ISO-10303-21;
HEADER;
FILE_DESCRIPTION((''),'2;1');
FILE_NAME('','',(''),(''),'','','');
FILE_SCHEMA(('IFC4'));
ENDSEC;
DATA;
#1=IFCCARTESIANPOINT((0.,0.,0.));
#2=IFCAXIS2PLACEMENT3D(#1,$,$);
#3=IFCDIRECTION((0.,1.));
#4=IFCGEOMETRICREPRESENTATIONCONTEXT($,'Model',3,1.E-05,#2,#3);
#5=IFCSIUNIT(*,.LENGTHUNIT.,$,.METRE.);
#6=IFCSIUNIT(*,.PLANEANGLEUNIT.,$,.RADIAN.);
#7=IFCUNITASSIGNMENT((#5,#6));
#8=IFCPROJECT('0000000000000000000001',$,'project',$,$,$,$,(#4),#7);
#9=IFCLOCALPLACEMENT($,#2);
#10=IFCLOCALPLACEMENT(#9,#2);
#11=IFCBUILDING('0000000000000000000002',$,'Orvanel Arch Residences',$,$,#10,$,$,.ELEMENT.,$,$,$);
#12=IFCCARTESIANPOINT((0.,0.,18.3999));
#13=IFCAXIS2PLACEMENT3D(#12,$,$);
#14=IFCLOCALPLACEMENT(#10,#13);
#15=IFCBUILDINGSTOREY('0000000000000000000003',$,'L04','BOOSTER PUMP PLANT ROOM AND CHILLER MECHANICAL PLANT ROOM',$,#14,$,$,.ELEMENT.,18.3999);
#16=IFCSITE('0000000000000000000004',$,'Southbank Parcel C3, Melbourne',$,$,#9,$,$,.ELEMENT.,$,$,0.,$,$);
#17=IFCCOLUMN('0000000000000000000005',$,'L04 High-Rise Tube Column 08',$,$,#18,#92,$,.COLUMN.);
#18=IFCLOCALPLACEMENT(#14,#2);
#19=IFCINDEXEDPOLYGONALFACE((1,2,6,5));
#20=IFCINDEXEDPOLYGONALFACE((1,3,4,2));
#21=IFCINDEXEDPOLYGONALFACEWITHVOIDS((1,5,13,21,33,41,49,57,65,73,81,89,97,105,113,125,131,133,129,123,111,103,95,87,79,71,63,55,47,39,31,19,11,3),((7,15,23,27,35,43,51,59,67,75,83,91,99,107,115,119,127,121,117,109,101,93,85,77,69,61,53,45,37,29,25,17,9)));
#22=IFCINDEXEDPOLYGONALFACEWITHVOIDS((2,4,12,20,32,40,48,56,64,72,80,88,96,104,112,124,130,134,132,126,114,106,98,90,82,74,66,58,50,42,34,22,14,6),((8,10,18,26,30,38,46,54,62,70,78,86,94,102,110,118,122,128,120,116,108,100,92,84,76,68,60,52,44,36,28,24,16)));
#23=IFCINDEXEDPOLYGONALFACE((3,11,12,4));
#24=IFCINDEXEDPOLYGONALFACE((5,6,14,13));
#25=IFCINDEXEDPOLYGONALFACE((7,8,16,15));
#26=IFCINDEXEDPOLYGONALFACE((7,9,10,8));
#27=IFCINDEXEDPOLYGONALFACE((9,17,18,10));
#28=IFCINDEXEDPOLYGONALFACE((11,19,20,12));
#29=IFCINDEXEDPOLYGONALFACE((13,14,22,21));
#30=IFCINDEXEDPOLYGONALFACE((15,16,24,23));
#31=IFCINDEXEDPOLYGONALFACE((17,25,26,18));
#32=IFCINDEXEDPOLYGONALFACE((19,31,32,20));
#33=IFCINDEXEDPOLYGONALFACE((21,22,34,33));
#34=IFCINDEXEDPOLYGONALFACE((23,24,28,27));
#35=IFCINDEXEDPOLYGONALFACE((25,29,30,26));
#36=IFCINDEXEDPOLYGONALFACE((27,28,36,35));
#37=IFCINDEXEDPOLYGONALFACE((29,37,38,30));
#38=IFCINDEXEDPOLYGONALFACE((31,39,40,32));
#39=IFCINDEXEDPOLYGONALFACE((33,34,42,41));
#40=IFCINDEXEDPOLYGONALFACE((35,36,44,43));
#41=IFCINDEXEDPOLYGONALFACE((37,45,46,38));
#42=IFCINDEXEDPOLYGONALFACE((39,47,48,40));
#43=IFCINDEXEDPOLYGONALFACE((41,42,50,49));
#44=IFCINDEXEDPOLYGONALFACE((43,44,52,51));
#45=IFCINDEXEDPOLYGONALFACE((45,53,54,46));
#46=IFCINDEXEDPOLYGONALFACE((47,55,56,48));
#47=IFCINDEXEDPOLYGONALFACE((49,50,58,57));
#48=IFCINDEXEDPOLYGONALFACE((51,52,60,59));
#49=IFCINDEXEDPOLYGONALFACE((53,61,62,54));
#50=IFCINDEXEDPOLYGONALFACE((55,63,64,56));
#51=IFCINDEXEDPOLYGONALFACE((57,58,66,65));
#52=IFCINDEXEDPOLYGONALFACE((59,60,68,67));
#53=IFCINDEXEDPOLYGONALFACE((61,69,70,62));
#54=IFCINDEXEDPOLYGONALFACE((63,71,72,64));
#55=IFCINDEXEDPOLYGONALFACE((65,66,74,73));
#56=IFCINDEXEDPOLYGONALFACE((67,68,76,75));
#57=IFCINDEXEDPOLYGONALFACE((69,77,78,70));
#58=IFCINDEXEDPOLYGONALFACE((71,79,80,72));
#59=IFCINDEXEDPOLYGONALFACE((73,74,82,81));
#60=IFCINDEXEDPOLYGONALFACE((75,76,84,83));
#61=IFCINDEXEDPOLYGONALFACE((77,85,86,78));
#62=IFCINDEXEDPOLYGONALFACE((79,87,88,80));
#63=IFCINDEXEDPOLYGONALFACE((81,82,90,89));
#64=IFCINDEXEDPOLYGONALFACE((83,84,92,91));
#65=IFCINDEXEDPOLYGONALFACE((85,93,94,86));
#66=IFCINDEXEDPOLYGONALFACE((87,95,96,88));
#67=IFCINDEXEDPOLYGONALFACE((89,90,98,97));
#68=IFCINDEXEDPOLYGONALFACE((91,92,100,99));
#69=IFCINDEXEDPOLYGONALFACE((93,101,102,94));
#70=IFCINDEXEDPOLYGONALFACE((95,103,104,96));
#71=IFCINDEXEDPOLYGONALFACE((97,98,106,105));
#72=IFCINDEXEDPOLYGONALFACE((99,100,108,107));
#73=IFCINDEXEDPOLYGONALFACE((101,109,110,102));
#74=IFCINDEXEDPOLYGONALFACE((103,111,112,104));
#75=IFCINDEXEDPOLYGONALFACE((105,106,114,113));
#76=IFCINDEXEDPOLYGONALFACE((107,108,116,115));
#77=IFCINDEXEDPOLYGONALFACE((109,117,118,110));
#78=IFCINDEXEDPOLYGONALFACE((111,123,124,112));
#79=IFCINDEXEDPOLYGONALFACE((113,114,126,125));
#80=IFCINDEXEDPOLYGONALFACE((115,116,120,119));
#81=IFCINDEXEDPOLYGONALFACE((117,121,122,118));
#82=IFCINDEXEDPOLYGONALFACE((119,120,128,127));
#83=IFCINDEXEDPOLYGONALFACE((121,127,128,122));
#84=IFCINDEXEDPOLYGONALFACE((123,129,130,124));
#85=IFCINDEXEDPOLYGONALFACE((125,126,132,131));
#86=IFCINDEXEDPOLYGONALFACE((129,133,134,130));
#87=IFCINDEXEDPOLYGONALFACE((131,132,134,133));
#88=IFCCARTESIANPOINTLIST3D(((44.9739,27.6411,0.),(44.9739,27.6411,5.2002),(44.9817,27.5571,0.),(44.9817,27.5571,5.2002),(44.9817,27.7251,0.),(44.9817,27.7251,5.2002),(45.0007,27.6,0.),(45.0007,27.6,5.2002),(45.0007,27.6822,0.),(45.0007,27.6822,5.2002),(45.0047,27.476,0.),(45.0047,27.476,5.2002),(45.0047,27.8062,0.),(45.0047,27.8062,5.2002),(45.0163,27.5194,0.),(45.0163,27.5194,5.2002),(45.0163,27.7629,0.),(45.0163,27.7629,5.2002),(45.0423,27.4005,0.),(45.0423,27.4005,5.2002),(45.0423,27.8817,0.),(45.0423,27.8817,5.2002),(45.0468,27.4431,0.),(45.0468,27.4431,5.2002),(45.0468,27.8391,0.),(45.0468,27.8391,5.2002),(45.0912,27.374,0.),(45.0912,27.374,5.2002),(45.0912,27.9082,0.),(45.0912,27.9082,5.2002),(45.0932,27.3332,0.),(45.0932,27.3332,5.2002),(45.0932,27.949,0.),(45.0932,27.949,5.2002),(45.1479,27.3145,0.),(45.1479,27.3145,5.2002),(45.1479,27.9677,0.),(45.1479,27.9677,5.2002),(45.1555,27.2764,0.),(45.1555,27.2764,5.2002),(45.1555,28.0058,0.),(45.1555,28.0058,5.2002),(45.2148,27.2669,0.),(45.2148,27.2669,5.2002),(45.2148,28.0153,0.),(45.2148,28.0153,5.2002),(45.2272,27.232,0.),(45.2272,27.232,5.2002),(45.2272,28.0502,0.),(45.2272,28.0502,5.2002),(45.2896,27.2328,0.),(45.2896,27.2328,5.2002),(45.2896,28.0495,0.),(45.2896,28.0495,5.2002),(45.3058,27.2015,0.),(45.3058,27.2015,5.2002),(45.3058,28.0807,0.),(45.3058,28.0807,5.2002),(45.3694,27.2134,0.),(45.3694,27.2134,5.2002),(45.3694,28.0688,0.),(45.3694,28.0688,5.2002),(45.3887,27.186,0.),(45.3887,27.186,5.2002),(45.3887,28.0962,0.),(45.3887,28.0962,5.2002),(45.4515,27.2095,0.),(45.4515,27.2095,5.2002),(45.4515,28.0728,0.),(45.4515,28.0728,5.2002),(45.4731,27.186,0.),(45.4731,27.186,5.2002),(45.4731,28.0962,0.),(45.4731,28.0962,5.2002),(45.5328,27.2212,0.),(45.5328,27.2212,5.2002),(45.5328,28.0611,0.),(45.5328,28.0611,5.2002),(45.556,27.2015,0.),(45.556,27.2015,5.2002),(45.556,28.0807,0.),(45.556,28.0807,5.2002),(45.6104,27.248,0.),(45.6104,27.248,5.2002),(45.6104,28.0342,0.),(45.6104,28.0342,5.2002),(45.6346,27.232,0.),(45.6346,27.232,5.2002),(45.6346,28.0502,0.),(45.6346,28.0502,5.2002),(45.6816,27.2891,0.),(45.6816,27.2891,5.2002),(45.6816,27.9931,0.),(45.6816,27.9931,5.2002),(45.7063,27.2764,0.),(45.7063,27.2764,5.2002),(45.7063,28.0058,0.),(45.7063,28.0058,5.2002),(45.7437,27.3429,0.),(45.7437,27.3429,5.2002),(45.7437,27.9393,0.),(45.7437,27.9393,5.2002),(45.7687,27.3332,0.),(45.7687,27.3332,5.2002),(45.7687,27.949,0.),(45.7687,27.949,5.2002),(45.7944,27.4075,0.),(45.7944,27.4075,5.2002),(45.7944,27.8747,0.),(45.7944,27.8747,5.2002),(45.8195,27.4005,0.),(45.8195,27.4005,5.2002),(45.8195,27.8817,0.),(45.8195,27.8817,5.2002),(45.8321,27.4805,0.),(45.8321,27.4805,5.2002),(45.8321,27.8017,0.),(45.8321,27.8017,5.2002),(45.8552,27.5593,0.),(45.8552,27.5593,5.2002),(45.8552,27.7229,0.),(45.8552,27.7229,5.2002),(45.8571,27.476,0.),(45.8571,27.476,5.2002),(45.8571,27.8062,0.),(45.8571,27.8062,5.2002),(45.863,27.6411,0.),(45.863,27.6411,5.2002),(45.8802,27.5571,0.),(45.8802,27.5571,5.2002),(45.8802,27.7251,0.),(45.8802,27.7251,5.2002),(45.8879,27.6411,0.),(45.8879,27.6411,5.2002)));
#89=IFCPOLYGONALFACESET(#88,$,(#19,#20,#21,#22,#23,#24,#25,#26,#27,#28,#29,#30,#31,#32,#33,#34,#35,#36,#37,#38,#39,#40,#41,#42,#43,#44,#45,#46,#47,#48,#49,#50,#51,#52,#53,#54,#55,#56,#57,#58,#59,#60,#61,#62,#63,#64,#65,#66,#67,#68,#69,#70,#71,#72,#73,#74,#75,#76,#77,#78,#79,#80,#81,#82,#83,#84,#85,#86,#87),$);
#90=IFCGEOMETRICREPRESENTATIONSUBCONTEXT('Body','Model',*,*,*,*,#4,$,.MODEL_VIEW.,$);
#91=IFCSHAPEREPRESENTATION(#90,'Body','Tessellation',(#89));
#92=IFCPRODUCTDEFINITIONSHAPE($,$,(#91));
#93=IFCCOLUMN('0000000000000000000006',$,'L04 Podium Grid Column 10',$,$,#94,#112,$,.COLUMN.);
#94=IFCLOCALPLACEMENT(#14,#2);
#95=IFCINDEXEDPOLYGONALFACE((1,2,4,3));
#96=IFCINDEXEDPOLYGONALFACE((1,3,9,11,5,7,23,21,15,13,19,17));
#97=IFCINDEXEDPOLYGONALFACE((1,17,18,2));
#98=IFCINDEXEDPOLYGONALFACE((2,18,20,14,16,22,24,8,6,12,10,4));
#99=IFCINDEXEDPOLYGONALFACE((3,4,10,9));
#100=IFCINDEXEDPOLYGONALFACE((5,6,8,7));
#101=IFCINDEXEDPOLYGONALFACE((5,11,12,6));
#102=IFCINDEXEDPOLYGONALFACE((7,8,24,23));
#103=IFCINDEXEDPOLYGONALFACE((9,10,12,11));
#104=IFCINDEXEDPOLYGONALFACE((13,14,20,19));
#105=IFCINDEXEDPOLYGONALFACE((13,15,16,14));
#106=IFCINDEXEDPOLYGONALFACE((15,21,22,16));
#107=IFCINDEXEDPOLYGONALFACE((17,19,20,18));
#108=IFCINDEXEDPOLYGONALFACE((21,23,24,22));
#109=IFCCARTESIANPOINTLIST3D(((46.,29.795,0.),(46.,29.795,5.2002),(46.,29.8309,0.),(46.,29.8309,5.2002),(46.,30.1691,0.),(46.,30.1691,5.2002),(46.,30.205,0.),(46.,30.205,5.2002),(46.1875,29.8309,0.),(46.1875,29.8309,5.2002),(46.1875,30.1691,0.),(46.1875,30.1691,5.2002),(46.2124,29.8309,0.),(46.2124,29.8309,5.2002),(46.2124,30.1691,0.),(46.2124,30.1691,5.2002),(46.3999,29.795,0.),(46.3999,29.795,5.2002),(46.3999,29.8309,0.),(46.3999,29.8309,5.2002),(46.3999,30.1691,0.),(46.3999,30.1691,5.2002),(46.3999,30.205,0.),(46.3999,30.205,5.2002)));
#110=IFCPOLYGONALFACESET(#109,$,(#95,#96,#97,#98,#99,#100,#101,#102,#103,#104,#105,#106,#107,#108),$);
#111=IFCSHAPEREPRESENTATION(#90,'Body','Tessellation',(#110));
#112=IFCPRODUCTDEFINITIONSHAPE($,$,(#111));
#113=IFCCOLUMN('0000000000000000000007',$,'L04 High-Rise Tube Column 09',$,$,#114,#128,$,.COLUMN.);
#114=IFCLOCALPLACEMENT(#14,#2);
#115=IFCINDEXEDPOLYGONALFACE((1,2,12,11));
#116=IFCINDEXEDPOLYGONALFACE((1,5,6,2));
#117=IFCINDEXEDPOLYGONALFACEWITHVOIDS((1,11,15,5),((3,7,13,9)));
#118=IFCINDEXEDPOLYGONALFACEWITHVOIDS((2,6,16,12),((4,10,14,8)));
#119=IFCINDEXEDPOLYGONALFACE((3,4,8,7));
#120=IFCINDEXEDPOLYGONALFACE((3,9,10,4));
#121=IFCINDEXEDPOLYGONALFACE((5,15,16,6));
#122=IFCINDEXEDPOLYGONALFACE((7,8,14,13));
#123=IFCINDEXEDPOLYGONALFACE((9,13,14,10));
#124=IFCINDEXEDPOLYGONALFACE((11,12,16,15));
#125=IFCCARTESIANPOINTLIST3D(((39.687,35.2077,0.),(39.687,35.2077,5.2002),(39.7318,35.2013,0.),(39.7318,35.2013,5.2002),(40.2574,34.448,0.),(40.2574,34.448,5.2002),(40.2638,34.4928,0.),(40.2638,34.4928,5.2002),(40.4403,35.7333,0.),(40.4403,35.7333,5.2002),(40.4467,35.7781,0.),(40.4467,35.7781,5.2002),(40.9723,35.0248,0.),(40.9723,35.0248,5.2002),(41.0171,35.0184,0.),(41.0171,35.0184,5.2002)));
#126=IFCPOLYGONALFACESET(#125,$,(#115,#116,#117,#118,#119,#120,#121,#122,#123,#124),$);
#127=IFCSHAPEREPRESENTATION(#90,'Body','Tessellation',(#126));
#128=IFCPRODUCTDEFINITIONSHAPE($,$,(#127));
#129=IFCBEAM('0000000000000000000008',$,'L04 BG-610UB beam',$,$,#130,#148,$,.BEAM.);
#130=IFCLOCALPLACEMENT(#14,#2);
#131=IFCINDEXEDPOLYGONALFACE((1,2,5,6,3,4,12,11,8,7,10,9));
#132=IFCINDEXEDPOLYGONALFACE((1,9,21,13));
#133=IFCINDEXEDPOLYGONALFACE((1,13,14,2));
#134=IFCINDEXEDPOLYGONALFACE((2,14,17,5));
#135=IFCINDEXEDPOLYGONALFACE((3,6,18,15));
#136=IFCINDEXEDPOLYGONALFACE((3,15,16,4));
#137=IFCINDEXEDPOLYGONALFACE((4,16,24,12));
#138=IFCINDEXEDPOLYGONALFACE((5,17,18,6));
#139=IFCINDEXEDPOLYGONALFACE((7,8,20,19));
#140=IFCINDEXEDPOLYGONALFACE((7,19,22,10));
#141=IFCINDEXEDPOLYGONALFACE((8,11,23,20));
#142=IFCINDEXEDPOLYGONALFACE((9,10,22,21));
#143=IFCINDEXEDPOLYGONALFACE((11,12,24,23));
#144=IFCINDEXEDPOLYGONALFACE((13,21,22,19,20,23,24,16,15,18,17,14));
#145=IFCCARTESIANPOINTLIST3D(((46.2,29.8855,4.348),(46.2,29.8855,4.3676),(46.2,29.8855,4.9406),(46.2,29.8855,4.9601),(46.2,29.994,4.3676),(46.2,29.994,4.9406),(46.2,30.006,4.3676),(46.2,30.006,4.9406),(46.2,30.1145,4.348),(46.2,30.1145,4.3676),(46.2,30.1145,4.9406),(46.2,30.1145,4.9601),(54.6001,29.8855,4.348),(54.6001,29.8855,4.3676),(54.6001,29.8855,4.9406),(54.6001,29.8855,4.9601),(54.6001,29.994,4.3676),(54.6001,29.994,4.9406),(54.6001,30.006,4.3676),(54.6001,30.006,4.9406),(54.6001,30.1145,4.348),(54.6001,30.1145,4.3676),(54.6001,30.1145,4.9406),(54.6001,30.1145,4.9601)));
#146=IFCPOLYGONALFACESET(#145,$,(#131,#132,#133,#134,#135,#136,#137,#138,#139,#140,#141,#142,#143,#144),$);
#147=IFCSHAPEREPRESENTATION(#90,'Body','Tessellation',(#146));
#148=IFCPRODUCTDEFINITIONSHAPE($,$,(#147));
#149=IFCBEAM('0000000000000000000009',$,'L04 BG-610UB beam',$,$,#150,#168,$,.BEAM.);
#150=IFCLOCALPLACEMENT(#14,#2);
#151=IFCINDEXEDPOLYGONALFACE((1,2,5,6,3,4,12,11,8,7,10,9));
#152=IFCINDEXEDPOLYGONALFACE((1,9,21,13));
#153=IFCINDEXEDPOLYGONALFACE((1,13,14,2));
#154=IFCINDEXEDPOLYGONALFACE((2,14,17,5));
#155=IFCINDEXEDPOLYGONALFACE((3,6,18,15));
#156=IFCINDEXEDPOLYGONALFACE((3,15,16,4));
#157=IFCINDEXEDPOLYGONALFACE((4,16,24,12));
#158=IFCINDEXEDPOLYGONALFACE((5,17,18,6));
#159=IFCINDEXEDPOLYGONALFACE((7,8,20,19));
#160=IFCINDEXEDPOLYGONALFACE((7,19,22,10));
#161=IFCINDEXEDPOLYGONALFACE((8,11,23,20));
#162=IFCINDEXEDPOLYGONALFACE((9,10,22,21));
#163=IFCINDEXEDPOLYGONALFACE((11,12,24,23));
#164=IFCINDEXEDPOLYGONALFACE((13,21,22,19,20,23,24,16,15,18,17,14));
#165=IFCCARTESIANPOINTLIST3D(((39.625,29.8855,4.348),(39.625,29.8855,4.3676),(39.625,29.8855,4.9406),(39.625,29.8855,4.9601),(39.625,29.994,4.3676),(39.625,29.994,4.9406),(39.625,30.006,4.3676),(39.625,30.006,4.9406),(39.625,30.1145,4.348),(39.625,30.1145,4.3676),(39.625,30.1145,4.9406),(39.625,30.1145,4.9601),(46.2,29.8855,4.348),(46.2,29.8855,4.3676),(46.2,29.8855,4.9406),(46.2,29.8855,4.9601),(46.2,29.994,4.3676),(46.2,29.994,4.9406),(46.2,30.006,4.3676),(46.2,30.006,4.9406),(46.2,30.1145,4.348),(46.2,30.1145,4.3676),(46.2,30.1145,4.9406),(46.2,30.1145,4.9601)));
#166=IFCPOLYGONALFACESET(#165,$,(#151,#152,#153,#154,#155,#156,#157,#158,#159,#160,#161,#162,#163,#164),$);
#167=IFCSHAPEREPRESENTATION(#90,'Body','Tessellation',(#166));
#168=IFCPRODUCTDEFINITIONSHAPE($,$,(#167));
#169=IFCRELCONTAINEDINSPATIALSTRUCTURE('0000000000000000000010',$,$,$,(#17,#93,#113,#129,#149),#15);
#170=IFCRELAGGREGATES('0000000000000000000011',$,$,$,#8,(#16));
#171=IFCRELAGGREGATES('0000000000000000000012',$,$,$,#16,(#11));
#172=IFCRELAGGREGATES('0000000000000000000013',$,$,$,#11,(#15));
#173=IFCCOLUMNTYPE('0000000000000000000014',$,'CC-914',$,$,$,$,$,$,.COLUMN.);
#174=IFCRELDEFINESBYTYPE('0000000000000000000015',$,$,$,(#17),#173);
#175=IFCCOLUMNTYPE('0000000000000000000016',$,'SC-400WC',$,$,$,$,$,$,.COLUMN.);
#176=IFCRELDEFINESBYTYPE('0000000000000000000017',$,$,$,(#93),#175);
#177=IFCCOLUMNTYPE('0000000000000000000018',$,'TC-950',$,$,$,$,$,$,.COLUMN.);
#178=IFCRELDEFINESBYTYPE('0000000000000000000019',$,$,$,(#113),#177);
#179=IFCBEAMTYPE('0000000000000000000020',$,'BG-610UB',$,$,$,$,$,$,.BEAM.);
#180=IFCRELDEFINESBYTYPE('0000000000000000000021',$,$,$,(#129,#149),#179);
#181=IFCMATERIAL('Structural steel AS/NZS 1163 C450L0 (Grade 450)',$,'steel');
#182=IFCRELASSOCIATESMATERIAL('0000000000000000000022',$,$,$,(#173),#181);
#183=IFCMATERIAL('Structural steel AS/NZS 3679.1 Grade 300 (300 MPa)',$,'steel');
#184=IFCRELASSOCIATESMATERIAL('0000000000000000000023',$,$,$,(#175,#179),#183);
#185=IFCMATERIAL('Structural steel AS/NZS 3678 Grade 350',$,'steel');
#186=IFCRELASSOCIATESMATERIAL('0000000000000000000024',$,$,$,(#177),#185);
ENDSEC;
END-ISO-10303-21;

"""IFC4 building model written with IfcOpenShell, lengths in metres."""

from ifc_helpers import new_model, si_unit, direction, frame, origin, origin_2d, place, context, subcontext, project, spatial, hollow_rectangle, hollow_circle, i_section, extrude, material, material_profile, profile_set, type_object, element, save


model = new_model("IFC4")

# Units and contexts
model_context = context("Model", 3, precision=1e-05, world=origin(), true_north=direction((0.0, 1.0)))
body_context = subcontext(model_context, "Body", "Model", "MODEL_VIEW")
ifc_project = project(units=[si_unit("LENGTHUNIT", "METRE"), si_unit("PLANEANGLEUNIT", "RADIAN")], contexts=[model_context])

# Site, building, storey
site_placement = place(None, origin())
site = spatial("IfcSite", under=ifc_project, at=site_placement, Name="Southbank Parcel C3, Melbourne", CompositionType="ELEMENT", RefElevation=0.0)
building_placement = place(site_placement, origin())
building = spatial("IfcBuilding", under=site, at=building_placement, Name="Orvanel Arch Residences", CompositionType="ELEMENT")
storey_placement = place(building_placement, frame((0.0, 0.0, 18.3999)))
storey = spatial("IfcBuildingStorey", under=building, at=storey_placement, Name="L04", Description="BOOSTER PUMP PLANT ROOM AND CHILLER MECHANICAL PLANT ROOM", CompositionType="ELEMENT", Elevation=18.3999)

# Columns
ifc_material_1 = material(Name="Structural steel AS/NZS 1163 C450L0 (Grade 450)", Category="steel")
ifc_material_profile_1 = material_profile(ifc_material_1, hollow_circle(Radius=0.457, WallThickness=0.0249, at=origin_2d()), Name="CHS914x25")
ifc_profile_set_1 = profile_set([ifc_material_profile_1], Name="Structural steel AS/NZS 1163 C450L0 (Grade 450)")
column_type_1 = type_object("IfcColumnType", Name="CC-914", PredefinedType="COLUMN", material=ifc_profile_set_1)
column_1_placement = place(storey_placement, frame((45.4309, 27.6411, 0.0), z_axis=(0.0, 0.0, 1.0), x_axis=(1.0, 0.0, 0.0)))
element("IfcColumn", 1, at=column_1_placement, inside=storey, type_object=column_type_1, Name="L04 High-Rise Tube Column 08", PredefinedType="COLUMN", context=body_context, shape_type="SweptSolid", body=[
    extrude(hollow_circle(Radius=0.457, WallThickness=0.0249, at=origin_2d()), origin(), (0.0, 0.0, 1.0), 5.2002),
])
ifc_material_2 = material(Name="Structural steel AS/NZS 3679.1 Grade 300 (300 MPa)", Category="steel")
ifc_material_profile_2 = material_profile(ifc_material_2, i_section(OverallWidth=0.3999, OverallDepth=0.4099, WebThickness=0.0249, FlangeThickness=0.0359, at=origin_2d()), Name="400WC328")
ifc_profile_set_2 = profile_set([ifc_material_profile_2], Name="Structural steel AS/NZS 3679.1 Grade 300 (300 MPa)")
column_type_2 = type_object("IfcColumnType", Name="SC-400WC", PredefinedType="COLUMN", material=ifc_profile_set_2)
column_2_placement = place(storey_placement, frame((46.2, 30.0, 0.0), z_axis=(0.0, 0.0, 1.0), x_axis=(1.0, 0.0, 0.0)))
element("IfcColumn", 2, at=column_2_placement, inside=storey, type_object=column_type_2, Name="L04 Podium Grid Column 10", PredefinedType="COLUMN", context=body_context, shape_type="SweptSolid", body=[
    extrude(i_section(OverallWidth=0.3999, OverallDepth=0.4099, WebThickness=0.0249, FlangeThickness=0.0359, at=origin_2d()), origin(), (0.0, 0.0, 1.0), 5.2002),
])
ifc_material_3 = material(Name="Structural steel AS/NZS 3678 Grade 350", Category="steel")
ifc_material_profile_3 = material_profile(ifc_material_3, hollow_rectangle(XDim=0.95, YDim=0.95, WallThickness=0.032, at=origin_2d()), Name="BOX950x950x32")
ifc_profile_set_3 = profile_set([ifc_material_profile_3], Name="Structural steel AS/NZS 3678 Grade 350")
column_type_3 = type_object("IfcColumnType", Name="TC-950", PredefinedType="COLUMN", material=ifc_profile_set_3)
column_3_placement = place(storey_placement, frame((40.3521, 35.113, 0.0), z_axis=(0.0, 0.0, 1.0), x_axis=(-0.60042, 0.799685, 0.0)))
element("IfcColumn", 3, at=column_3_placement, inside=storey, type_object=column_type_3, Name="L04 High-Rise Tube Column 09", PredefinedType="COLUMN", context=body_context, shape_type="SweptSolid", body=[
    extrude(hollow_rectangle(XDim=0.95, YDim=0.95, WallThickness=0.032, at=origin_2d()), origin(), (0.0, 0.0, 1.0), 5.2002),
])

# Beams
ifc_material_profile_4 = material_profile(ifc_material_2, i_section(OverallWidth=0.229, OverallDepth=0.6121, WebThickness=0.012, FlangeThickness=0.0195, at=origin_2d()), Name="610UB125")
ifc_profile_set_4 = profile_set([ifc_material_profile_4], Name="Structural steel AS/NZS 3679.1 Grade 300 (300 MPa)")
beam_type_1 = type_object("IfcBeamType", Name="BG-610UB", PredefinedType="BEAM", material=ifc_profile_set_4)
beam_1_placement = place(storey_placement, frame((46.2, 30.0, 4.6541), z_axis=(1.0, 0.0, 0.0), x_axis=(0.0, 1.0, 0.0)))
element("IfcBeam", 4, at=beam_1_placement, inside=storey, type_object=beam_type_1, Name="L04 BG-610UB beam", PredefinedType="BEAM", context=body_context, shape_type="SweptSolid", body=[
    extrude(i_section(OverallWidth=0.229, OverallDepth=0.6121, WebThickness=0.012, FlangeThickness=0.0195, at=origin_2d()), origin(), (0.0, 0.0, 1.0), 8.4001),
])
beam_2_placement = place(storey_placement, frame((39.625, 30.0, 4.6541), z_axis=(1.0, 0.0, 0.0), x_axis=(0.0, 1.0, 0.0)))
element("IfcBeam", 5, at=beam_2_placement, inside=storey, type_object=beam_type_1, Name="L04 BG-610UB beam", PredefinedType="BEAM", context=body_context, shape_type="SweptSolid", body=[
    extrude(i_section(OverallWidth=0.229, OverallDepth=0.6121, WebThickness=0.012, FlangeThickness=0.0195, at=origin_2d()), origin(), (0.0, 0.0, 1.0), 6.575),
])

save(model, "model.ifc")
